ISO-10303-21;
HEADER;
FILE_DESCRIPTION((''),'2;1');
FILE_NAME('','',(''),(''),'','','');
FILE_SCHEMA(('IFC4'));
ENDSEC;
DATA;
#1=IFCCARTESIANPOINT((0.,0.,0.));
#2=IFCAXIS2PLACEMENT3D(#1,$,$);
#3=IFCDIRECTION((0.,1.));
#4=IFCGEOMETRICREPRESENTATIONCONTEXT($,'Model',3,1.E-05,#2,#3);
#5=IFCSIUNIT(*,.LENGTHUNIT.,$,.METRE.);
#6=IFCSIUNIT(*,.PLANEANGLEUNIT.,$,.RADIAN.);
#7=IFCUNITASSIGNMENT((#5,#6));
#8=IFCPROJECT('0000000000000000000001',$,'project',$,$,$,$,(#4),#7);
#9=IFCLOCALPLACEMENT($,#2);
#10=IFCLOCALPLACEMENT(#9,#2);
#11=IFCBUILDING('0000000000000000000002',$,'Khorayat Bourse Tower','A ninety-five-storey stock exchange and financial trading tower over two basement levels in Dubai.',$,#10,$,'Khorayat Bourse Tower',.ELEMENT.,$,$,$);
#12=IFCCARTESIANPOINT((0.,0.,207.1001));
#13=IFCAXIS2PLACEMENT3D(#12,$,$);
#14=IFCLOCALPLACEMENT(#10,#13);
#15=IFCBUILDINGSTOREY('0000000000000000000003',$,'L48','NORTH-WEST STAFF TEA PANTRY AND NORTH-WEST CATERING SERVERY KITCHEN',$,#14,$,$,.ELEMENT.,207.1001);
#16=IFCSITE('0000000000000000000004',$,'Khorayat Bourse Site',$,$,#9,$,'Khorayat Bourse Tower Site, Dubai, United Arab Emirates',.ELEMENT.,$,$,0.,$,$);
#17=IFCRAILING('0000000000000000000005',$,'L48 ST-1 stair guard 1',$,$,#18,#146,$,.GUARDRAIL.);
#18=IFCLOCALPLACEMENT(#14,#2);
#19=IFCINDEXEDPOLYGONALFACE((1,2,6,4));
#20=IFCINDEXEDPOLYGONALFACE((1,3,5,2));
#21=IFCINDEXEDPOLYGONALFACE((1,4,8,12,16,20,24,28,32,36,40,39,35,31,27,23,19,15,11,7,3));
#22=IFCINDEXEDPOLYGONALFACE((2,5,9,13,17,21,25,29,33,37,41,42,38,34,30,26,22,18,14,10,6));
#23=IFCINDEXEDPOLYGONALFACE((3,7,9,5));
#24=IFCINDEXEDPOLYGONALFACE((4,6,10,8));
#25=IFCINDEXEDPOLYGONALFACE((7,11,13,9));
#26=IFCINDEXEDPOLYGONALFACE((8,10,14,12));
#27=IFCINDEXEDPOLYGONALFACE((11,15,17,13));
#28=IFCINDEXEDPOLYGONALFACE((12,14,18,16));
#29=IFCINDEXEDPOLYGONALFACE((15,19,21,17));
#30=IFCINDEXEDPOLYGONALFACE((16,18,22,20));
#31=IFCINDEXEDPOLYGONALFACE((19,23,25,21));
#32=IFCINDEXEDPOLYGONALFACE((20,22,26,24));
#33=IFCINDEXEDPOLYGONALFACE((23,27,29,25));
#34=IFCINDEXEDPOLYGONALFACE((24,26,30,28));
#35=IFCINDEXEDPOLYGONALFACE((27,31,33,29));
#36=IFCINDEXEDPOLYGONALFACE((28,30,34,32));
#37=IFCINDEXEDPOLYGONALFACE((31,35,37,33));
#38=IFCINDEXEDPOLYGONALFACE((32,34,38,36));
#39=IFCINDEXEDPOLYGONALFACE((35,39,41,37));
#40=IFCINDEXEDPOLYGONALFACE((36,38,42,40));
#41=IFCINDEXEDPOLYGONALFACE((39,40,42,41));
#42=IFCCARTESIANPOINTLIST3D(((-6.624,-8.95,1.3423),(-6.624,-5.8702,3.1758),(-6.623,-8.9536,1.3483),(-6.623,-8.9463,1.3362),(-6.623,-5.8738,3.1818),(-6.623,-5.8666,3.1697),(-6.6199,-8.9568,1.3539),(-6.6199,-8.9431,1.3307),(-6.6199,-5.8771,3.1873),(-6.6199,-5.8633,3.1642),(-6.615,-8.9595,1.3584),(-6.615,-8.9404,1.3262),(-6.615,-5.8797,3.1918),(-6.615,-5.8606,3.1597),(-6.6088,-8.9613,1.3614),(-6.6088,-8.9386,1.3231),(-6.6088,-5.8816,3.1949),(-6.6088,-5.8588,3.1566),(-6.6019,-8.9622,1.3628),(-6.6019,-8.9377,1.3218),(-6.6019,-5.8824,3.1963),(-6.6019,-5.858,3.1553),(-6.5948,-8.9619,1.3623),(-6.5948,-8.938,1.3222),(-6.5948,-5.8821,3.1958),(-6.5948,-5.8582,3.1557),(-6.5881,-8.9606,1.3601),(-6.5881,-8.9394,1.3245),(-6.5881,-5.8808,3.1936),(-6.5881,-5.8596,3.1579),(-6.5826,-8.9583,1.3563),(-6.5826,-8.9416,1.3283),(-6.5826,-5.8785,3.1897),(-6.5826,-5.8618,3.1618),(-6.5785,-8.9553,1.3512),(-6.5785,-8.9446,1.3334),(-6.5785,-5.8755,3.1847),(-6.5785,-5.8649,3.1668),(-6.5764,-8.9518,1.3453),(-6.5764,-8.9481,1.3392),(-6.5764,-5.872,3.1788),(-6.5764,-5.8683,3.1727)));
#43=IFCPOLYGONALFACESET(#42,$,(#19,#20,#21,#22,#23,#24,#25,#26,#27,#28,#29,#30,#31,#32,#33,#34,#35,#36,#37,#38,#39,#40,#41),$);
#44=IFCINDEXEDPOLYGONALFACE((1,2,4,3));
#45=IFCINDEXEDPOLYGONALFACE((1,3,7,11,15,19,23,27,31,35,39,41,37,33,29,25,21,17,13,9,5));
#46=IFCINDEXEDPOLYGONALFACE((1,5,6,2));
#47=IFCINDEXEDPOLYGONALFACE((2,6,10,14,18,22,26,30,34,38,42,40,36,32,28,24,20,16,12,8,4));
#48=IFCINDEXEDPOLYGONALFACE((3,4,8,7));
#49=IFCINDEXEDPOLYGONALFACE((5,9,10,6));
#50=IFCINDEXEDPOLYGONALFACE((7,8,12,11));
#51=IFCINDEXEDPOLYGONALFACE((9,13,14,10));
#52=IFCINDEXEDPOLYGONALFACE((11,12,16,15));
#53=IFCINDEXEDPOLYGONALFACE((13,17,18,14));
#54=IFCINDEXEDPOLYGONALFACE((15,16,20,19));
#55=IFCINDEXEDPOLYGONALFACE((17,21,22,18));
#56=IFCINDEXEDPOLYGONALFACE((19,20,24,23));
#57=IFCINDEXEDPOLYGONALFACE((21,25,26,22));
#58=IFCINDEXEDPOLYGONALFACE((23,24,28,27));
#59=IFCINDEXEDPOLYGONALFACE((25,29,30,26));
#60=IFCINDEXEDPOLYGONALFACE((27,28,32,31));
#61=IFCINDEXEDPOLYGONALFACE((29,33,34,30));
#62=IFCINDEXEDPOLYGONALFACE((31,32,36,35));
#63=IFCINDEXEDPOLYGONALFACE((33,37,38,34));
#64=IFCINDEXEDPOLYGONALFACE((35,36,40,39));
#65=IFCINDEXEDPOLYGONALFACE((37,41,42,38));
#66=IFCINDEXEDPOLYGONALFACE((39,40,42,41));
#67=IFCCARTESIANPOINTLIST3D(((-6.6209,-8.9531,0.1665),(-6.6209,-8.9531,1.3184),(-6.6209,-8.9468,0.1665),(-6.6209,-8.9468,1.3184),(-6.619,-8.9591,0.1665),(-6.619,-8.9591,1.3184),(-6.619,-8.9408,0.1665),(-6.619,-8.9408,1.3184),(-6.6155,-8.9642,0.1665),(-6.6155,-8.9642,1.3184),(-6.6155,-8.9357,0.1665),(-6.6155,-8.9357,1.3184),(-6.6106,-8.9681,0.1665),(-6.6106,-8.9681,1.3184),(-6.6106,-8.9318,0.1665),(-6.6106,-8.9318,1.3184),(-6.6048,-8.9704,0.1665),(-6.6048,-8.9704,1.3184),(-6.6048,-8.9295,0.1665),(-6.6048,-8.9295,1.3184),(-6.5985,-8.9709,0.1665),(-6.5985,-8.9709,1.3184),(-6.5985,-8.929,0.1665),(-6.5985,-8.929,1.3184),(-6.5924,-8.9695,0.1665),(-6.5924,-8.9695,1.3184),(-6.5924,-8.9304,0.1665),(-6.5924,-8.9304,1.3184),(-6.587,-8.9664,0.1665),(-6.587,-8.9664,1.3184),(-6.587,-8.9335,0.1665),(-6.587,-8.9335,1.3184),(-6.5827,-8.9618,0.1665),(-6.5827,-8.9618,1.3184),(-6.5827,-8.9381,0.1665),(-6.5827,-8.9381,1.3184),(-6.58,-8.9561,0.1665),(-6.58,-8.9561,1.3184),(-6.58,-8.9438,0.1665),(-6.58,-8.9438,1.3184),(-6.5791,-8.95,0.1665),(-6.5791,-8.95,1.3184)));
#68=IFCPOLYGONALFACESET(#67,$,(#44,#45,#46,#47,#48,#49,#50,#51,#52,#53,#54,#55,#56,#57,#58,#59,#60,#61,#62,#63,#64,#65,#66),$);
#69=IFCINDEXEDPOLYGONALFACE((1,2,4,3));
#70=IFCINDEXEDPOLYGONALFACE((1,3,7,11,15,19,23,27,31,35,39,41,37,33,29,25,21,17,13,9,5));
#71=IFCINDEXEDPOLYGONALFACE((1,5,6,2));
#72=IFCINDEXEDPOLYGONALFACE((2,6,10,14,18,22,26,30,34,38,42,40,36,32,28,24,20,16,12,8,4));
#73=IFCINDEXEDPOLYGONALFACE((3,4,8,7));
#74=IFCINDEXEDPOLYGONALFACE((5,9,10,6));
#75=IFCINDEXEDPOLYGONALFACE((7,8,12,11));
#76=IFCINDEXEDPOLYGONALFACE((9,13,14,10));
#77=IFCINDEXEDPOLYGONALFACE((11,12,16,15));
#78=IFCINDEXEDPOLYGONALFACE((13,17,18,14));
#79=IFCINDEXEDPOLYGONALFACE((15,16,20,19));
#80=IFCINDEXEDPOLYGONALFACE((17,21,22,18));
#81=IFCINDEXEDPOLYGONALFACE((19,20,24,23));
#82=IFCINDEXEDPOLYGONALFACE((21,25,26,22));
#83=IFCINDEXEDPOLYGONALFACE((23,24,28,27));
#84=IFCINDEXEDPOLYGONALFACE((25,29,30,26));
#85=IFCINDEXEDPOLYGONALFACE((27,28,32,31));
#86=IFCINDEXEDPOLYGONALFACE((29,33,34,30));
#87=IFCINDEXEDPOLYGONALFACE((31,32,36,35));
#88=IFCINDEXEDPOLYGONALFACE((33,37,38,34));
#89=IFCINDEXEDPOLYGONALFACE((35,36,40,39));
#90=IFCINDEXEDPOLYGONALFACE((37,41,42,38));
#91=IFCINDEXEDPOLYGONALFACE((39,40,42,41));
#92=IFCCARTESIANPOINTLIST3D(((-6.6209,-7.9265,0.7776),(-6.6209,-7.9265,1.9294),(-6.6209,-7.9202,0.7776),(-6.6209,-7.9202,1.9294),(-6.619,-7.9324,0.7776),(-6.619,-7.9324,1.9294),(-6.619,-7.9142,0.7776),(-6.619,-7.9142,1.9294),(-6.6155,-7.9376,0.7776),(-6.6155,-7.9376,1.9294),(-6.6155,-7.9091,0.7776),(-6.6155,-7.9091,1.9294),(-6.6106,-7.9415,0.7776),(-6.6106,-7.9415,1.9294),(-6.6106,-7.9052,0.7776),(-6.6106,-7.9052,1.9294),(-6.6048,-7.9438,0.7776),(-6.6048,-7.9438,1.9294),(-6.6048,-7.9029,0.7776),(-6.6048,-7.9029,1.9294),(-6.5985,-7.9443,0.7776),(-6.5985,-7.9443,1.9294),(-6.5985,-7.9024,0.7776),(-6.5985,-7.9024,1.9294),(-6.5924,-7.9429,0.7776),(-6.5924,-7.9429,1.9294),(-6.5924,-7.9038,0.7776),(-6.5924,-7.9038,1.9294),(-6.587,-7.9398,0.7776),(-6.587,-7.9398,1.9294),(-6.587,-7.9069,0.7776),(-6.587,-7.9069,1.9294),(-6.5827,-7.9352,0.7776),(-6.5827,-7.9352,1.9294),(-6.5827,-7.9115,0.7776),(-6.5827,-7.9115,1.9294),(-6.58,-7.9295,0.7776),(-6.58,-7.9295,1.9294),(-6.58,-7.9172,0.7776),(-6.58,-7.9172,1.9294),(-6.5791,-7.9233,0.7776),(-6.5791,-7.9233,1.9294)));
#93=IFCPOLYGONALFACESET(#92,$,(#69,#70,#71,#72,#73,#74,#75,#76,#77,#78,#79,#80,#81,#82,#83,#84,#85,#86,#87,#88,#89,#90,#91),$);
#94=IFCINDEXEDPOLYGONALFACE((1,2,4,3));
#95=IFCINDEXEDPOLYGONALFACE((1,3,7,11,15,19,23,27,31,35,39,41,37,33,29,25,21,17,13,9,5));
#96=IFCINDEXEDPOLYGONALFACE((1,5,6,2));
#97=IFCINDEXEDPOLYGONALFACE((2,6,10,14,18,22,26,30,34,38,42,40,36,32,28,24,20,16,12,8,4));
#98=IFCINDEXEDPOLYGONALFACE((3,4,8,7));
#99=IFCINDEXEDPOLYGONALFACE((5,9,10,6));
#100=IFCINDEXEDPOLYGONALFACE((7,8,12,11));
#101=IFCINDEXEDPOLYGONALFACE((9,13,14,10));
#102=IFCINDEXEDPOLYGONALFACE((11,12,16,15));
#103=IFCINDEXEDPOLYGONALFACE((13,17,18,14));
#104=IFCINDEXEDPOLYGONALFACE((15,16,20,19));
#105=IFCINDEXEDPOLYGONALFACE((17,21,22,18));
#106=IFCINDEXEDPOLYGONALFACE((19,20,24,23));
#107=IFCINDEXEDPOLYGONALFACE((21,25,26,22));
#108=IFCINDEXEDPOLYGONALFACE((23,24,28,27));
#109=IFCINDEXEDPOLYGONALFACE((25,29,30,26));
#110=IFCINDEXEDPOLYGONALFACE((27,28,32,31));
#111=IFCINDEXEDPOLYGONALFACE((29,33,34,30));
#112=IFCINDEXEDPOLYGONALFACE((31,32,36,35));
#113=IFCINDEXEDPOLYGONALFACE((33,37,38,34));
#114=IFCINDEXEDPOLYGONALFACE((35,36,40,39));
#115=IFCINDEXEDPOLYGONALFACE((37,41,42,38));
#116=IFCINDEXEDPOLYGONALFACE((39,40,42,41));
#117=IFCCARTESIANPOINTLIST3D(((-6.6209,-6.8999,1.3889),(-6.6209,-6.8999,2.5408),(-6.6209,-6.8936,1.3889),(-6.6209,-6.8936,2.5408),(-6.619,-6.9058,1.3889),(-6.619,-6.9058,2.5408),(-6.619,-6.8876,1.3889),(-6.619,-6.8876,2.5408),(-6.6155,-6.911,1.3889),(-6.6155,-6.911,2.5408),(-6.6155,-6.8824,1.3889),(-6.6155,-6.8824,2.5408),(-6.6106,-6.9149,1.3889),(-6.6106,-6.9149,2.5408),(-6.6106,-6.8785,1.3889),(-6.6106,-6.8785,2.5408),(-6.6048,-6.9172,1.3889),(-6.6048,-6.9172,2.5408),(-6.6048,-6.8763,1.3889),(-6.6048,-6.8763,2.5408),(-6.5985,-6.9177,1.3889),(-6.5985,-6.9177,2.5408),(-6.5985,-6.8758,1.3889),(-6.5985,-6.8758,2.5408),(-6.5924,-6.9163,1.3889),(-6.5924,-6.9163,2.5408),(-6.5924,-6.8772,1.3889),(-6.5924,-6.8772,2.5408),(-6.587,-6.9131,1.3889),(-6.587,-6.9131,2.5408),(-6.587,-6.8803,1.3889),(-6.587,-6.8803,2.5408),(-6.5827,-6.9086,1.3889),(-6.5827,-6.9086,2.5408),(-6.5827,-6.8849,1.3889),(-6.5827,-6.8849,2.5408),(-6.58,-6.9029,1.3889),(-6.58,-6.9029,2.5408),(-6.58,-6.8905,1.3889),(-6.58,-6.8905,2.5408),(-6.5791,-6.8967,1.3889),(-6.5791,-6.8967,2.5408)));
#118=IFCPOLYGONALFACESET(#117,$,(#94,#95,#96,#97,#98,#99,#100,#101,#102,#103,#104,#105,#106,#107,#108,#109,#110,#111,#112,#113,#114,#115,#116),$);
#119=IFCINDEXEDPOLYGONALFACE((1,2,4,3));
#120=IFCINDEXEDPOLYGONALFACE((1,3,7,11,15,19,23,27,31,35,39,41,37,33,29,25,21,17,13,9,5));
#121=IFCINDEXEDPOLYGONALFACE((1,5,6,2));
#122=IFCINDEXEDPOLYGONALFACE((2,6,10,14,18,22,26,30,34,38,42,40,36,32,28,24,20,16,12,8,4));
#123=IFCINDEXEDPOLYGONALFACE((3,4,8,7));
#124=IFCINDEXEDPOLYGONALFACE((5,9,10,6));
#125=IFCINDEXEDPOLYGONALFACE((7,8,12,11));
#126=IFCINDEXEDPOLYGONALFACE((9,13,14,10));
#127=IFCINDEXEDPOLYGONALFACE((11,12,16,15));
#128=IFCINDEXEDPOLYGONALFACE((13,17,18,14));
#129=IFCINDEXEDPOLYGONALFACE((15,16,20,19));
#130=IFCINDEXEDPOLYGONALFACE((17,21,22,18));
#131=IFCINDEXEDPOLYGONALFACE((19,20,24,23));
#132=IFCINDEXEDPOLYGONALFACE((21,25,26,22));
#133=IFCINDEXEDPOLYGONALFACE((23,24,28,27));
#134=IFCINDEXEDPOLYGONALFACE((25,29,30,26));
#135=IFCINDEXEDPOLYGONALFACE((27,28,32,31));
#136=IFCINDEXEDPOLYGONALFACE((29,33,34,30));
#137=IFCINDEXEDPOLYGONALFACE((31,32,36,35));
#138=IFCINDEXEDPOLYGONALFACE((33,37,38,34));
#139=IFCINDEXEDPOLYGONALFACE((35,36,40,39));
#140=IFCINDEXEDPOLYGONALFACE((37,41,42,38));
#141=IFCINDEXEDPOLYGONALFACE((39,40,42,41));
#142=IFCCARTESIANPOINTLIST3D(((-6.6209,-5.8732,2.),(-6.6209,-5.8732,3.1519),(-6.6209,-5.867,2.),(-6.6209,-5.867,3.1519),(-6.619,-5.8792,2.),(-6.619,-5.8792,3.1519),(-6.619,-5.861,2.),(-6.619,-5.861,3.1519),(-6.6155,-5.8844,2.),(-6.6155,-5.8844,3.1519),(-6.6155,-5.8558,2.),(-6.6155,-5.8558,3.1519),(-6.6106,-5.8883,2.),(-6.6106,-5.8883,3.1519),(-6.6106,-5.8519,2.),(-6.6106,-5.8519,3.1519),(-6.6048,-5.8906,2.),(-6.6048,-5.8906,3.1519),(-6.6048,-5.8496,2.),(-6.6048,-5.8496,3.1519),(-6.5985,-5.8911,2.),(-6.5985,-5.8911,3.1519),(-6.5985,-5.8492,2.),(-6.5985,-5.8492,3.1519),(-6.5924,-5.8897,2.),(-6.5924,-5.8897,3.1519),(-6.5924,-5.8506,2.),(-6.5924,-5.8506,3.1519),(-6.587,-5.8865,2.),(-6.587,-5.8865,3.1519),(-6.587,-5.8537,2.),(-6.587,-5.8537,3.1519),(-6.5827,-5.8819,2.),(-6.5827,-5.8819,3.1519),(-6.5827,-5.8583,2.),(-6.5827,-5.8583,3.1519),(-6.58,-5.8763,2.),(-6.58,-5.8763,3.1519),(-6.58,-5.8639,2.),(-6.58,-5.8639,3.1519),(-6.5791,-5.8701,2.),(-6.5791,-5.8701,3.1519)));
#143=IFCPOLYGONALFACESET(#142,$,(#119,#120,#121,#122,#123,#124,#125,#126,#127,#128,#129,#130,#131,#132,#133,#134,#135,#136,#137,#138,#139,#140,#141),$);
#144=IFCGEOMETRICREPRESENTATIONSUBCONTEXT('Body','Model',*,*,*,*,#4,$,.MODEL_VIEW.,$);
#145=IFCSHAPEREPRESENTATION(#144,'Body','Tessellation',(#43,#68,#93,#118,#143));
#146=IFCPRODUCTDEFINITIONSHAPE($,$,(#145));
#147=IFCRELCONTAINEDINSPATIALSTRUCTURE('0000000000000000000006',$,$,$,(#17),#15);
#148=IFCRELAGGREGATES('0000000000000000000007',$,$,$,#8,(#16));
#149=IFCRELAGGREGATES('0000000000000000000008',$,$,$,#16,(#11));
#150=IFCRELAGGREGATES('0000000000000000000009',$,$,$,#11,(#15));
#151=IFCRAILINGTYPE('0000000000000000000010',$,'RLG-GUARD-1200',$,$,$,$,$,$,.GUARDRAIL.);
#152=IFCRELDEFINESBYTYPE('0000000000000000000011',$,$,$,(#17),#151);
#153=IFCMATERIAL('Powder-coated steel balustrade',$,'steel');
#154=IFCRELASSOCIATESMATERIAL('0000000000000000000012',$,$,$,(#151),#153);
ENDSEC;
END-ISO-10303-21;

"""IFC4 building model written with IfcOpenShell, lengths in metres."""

from ifc_helpers import new_model, si_unit, direction, frame, origin, origin_2d, place, context, subcontext, project, spatial, circle, extrude, source, transform, mapped, material, type_object, element, save


model = new_model("IFC4")

# Units and contexts
model_context = context("Model", 3, precision=1e-05, world=origin(), true_north=direction((0.0, 1.0)))
body_context = subcontext(model_context, "Body", "Model", "MODEL_VIEW")
ifc_project = project(units=[si_unit("LENGTHUNIT", "METRE"), si_unit("PLANEANGLEUNIT", "RADIAN")], contexts=[model_context])

# Site, building, storey
site_placement = place(None, origin())
site = spatial("IfcSite", under=ifc_project, at=site_placement, Name="Khorayat Bourse Site", LongName="Khorayat Bourse Tower Site, Dubai, United Arab Emirates", CompositionType="ELEMENT", RefElevation=0.0)
building_placement = place(site_placement, origin())
building = spatial("IfcBuilding", under=site, at=building_placement, Name="Khorayat Bourse Tower", Description="A ninety-five-storey stock exchange and financial trading tower over two basement levels in Dubai.", LongName="Khorayat Bourse Tower", CompositionType="ELEMENT")
storey_placement = place(building_placement, frame((0.0, 0.0, 207.1001)))
storey = spatial("IfcBuildingStorey", under=building, at=storey_placement, Name="L48", Description="NORTH-WEST STAFF TEA PANTRY AND NORTH-WEST CATERING SERVERY KITCHEN", CompositionType="ELEMENT", Elevation=207.1001)

# Railing
ifc_material_1 = material(Name="Powder-coated steel balustrade", Category="steel")
railing_type_1 = type_object("IfcRailingType", Name="RLG-GUARD-1200", PredefinedType="GUARDRAIL", material=ifc_material_1)
shared_shape_1 = source(origin(), body_context, "Body", "SweptSolid", [
    extrude(circle(Radius=0.0239, at=origin_2d()), frame((0.0, 0.0, 1.1758), z_axis=(0.0, 0.859261, 0.511538), x_axis=(-1.0, 0.0, 0.0)), (0.0, 0.0, 1.0), 3.5842),
    extrude(circle(Radius=0.021, at=origin_2d()), origin(), (0.0, 0.0, 1.0), 1.1519),
    extrude(circle(Radius=0.021, at=origin_2d()), frame((0.0, 1.0266, 0.6111)), (0.0, 0.0, 1.0), 1.1519),
    extrude(circle(Radius=0.021, at=origin_2d()), frame((0.0, 2.0532, 1.2224)), (0.0, 0.0, 1.0), 1.1519),
    extrude(circle(Radius=0.021, at=origin_2d()), frame((0.0, 3.0798, 1.8335)), (0.0, 0.0, 1.0), 1.1519),
])
railing_1_placement = place(storey_placement, frame((-6.6001, -8.95, 0.1665)))
element("IfcRailing", 1, at=railing_1_placement, inside=storey, type_object=railing_type_1, Name="L48 ST-1 stair guard 1", PredefinedType="GUARDRAIL", context=body_context, shape_type="MappedRepresentation", body=[
    mapped(shared_shape_1, transform((0.0, 0.0, 0.0), scale=1.0)),
])

save(model, "model.ifc")
